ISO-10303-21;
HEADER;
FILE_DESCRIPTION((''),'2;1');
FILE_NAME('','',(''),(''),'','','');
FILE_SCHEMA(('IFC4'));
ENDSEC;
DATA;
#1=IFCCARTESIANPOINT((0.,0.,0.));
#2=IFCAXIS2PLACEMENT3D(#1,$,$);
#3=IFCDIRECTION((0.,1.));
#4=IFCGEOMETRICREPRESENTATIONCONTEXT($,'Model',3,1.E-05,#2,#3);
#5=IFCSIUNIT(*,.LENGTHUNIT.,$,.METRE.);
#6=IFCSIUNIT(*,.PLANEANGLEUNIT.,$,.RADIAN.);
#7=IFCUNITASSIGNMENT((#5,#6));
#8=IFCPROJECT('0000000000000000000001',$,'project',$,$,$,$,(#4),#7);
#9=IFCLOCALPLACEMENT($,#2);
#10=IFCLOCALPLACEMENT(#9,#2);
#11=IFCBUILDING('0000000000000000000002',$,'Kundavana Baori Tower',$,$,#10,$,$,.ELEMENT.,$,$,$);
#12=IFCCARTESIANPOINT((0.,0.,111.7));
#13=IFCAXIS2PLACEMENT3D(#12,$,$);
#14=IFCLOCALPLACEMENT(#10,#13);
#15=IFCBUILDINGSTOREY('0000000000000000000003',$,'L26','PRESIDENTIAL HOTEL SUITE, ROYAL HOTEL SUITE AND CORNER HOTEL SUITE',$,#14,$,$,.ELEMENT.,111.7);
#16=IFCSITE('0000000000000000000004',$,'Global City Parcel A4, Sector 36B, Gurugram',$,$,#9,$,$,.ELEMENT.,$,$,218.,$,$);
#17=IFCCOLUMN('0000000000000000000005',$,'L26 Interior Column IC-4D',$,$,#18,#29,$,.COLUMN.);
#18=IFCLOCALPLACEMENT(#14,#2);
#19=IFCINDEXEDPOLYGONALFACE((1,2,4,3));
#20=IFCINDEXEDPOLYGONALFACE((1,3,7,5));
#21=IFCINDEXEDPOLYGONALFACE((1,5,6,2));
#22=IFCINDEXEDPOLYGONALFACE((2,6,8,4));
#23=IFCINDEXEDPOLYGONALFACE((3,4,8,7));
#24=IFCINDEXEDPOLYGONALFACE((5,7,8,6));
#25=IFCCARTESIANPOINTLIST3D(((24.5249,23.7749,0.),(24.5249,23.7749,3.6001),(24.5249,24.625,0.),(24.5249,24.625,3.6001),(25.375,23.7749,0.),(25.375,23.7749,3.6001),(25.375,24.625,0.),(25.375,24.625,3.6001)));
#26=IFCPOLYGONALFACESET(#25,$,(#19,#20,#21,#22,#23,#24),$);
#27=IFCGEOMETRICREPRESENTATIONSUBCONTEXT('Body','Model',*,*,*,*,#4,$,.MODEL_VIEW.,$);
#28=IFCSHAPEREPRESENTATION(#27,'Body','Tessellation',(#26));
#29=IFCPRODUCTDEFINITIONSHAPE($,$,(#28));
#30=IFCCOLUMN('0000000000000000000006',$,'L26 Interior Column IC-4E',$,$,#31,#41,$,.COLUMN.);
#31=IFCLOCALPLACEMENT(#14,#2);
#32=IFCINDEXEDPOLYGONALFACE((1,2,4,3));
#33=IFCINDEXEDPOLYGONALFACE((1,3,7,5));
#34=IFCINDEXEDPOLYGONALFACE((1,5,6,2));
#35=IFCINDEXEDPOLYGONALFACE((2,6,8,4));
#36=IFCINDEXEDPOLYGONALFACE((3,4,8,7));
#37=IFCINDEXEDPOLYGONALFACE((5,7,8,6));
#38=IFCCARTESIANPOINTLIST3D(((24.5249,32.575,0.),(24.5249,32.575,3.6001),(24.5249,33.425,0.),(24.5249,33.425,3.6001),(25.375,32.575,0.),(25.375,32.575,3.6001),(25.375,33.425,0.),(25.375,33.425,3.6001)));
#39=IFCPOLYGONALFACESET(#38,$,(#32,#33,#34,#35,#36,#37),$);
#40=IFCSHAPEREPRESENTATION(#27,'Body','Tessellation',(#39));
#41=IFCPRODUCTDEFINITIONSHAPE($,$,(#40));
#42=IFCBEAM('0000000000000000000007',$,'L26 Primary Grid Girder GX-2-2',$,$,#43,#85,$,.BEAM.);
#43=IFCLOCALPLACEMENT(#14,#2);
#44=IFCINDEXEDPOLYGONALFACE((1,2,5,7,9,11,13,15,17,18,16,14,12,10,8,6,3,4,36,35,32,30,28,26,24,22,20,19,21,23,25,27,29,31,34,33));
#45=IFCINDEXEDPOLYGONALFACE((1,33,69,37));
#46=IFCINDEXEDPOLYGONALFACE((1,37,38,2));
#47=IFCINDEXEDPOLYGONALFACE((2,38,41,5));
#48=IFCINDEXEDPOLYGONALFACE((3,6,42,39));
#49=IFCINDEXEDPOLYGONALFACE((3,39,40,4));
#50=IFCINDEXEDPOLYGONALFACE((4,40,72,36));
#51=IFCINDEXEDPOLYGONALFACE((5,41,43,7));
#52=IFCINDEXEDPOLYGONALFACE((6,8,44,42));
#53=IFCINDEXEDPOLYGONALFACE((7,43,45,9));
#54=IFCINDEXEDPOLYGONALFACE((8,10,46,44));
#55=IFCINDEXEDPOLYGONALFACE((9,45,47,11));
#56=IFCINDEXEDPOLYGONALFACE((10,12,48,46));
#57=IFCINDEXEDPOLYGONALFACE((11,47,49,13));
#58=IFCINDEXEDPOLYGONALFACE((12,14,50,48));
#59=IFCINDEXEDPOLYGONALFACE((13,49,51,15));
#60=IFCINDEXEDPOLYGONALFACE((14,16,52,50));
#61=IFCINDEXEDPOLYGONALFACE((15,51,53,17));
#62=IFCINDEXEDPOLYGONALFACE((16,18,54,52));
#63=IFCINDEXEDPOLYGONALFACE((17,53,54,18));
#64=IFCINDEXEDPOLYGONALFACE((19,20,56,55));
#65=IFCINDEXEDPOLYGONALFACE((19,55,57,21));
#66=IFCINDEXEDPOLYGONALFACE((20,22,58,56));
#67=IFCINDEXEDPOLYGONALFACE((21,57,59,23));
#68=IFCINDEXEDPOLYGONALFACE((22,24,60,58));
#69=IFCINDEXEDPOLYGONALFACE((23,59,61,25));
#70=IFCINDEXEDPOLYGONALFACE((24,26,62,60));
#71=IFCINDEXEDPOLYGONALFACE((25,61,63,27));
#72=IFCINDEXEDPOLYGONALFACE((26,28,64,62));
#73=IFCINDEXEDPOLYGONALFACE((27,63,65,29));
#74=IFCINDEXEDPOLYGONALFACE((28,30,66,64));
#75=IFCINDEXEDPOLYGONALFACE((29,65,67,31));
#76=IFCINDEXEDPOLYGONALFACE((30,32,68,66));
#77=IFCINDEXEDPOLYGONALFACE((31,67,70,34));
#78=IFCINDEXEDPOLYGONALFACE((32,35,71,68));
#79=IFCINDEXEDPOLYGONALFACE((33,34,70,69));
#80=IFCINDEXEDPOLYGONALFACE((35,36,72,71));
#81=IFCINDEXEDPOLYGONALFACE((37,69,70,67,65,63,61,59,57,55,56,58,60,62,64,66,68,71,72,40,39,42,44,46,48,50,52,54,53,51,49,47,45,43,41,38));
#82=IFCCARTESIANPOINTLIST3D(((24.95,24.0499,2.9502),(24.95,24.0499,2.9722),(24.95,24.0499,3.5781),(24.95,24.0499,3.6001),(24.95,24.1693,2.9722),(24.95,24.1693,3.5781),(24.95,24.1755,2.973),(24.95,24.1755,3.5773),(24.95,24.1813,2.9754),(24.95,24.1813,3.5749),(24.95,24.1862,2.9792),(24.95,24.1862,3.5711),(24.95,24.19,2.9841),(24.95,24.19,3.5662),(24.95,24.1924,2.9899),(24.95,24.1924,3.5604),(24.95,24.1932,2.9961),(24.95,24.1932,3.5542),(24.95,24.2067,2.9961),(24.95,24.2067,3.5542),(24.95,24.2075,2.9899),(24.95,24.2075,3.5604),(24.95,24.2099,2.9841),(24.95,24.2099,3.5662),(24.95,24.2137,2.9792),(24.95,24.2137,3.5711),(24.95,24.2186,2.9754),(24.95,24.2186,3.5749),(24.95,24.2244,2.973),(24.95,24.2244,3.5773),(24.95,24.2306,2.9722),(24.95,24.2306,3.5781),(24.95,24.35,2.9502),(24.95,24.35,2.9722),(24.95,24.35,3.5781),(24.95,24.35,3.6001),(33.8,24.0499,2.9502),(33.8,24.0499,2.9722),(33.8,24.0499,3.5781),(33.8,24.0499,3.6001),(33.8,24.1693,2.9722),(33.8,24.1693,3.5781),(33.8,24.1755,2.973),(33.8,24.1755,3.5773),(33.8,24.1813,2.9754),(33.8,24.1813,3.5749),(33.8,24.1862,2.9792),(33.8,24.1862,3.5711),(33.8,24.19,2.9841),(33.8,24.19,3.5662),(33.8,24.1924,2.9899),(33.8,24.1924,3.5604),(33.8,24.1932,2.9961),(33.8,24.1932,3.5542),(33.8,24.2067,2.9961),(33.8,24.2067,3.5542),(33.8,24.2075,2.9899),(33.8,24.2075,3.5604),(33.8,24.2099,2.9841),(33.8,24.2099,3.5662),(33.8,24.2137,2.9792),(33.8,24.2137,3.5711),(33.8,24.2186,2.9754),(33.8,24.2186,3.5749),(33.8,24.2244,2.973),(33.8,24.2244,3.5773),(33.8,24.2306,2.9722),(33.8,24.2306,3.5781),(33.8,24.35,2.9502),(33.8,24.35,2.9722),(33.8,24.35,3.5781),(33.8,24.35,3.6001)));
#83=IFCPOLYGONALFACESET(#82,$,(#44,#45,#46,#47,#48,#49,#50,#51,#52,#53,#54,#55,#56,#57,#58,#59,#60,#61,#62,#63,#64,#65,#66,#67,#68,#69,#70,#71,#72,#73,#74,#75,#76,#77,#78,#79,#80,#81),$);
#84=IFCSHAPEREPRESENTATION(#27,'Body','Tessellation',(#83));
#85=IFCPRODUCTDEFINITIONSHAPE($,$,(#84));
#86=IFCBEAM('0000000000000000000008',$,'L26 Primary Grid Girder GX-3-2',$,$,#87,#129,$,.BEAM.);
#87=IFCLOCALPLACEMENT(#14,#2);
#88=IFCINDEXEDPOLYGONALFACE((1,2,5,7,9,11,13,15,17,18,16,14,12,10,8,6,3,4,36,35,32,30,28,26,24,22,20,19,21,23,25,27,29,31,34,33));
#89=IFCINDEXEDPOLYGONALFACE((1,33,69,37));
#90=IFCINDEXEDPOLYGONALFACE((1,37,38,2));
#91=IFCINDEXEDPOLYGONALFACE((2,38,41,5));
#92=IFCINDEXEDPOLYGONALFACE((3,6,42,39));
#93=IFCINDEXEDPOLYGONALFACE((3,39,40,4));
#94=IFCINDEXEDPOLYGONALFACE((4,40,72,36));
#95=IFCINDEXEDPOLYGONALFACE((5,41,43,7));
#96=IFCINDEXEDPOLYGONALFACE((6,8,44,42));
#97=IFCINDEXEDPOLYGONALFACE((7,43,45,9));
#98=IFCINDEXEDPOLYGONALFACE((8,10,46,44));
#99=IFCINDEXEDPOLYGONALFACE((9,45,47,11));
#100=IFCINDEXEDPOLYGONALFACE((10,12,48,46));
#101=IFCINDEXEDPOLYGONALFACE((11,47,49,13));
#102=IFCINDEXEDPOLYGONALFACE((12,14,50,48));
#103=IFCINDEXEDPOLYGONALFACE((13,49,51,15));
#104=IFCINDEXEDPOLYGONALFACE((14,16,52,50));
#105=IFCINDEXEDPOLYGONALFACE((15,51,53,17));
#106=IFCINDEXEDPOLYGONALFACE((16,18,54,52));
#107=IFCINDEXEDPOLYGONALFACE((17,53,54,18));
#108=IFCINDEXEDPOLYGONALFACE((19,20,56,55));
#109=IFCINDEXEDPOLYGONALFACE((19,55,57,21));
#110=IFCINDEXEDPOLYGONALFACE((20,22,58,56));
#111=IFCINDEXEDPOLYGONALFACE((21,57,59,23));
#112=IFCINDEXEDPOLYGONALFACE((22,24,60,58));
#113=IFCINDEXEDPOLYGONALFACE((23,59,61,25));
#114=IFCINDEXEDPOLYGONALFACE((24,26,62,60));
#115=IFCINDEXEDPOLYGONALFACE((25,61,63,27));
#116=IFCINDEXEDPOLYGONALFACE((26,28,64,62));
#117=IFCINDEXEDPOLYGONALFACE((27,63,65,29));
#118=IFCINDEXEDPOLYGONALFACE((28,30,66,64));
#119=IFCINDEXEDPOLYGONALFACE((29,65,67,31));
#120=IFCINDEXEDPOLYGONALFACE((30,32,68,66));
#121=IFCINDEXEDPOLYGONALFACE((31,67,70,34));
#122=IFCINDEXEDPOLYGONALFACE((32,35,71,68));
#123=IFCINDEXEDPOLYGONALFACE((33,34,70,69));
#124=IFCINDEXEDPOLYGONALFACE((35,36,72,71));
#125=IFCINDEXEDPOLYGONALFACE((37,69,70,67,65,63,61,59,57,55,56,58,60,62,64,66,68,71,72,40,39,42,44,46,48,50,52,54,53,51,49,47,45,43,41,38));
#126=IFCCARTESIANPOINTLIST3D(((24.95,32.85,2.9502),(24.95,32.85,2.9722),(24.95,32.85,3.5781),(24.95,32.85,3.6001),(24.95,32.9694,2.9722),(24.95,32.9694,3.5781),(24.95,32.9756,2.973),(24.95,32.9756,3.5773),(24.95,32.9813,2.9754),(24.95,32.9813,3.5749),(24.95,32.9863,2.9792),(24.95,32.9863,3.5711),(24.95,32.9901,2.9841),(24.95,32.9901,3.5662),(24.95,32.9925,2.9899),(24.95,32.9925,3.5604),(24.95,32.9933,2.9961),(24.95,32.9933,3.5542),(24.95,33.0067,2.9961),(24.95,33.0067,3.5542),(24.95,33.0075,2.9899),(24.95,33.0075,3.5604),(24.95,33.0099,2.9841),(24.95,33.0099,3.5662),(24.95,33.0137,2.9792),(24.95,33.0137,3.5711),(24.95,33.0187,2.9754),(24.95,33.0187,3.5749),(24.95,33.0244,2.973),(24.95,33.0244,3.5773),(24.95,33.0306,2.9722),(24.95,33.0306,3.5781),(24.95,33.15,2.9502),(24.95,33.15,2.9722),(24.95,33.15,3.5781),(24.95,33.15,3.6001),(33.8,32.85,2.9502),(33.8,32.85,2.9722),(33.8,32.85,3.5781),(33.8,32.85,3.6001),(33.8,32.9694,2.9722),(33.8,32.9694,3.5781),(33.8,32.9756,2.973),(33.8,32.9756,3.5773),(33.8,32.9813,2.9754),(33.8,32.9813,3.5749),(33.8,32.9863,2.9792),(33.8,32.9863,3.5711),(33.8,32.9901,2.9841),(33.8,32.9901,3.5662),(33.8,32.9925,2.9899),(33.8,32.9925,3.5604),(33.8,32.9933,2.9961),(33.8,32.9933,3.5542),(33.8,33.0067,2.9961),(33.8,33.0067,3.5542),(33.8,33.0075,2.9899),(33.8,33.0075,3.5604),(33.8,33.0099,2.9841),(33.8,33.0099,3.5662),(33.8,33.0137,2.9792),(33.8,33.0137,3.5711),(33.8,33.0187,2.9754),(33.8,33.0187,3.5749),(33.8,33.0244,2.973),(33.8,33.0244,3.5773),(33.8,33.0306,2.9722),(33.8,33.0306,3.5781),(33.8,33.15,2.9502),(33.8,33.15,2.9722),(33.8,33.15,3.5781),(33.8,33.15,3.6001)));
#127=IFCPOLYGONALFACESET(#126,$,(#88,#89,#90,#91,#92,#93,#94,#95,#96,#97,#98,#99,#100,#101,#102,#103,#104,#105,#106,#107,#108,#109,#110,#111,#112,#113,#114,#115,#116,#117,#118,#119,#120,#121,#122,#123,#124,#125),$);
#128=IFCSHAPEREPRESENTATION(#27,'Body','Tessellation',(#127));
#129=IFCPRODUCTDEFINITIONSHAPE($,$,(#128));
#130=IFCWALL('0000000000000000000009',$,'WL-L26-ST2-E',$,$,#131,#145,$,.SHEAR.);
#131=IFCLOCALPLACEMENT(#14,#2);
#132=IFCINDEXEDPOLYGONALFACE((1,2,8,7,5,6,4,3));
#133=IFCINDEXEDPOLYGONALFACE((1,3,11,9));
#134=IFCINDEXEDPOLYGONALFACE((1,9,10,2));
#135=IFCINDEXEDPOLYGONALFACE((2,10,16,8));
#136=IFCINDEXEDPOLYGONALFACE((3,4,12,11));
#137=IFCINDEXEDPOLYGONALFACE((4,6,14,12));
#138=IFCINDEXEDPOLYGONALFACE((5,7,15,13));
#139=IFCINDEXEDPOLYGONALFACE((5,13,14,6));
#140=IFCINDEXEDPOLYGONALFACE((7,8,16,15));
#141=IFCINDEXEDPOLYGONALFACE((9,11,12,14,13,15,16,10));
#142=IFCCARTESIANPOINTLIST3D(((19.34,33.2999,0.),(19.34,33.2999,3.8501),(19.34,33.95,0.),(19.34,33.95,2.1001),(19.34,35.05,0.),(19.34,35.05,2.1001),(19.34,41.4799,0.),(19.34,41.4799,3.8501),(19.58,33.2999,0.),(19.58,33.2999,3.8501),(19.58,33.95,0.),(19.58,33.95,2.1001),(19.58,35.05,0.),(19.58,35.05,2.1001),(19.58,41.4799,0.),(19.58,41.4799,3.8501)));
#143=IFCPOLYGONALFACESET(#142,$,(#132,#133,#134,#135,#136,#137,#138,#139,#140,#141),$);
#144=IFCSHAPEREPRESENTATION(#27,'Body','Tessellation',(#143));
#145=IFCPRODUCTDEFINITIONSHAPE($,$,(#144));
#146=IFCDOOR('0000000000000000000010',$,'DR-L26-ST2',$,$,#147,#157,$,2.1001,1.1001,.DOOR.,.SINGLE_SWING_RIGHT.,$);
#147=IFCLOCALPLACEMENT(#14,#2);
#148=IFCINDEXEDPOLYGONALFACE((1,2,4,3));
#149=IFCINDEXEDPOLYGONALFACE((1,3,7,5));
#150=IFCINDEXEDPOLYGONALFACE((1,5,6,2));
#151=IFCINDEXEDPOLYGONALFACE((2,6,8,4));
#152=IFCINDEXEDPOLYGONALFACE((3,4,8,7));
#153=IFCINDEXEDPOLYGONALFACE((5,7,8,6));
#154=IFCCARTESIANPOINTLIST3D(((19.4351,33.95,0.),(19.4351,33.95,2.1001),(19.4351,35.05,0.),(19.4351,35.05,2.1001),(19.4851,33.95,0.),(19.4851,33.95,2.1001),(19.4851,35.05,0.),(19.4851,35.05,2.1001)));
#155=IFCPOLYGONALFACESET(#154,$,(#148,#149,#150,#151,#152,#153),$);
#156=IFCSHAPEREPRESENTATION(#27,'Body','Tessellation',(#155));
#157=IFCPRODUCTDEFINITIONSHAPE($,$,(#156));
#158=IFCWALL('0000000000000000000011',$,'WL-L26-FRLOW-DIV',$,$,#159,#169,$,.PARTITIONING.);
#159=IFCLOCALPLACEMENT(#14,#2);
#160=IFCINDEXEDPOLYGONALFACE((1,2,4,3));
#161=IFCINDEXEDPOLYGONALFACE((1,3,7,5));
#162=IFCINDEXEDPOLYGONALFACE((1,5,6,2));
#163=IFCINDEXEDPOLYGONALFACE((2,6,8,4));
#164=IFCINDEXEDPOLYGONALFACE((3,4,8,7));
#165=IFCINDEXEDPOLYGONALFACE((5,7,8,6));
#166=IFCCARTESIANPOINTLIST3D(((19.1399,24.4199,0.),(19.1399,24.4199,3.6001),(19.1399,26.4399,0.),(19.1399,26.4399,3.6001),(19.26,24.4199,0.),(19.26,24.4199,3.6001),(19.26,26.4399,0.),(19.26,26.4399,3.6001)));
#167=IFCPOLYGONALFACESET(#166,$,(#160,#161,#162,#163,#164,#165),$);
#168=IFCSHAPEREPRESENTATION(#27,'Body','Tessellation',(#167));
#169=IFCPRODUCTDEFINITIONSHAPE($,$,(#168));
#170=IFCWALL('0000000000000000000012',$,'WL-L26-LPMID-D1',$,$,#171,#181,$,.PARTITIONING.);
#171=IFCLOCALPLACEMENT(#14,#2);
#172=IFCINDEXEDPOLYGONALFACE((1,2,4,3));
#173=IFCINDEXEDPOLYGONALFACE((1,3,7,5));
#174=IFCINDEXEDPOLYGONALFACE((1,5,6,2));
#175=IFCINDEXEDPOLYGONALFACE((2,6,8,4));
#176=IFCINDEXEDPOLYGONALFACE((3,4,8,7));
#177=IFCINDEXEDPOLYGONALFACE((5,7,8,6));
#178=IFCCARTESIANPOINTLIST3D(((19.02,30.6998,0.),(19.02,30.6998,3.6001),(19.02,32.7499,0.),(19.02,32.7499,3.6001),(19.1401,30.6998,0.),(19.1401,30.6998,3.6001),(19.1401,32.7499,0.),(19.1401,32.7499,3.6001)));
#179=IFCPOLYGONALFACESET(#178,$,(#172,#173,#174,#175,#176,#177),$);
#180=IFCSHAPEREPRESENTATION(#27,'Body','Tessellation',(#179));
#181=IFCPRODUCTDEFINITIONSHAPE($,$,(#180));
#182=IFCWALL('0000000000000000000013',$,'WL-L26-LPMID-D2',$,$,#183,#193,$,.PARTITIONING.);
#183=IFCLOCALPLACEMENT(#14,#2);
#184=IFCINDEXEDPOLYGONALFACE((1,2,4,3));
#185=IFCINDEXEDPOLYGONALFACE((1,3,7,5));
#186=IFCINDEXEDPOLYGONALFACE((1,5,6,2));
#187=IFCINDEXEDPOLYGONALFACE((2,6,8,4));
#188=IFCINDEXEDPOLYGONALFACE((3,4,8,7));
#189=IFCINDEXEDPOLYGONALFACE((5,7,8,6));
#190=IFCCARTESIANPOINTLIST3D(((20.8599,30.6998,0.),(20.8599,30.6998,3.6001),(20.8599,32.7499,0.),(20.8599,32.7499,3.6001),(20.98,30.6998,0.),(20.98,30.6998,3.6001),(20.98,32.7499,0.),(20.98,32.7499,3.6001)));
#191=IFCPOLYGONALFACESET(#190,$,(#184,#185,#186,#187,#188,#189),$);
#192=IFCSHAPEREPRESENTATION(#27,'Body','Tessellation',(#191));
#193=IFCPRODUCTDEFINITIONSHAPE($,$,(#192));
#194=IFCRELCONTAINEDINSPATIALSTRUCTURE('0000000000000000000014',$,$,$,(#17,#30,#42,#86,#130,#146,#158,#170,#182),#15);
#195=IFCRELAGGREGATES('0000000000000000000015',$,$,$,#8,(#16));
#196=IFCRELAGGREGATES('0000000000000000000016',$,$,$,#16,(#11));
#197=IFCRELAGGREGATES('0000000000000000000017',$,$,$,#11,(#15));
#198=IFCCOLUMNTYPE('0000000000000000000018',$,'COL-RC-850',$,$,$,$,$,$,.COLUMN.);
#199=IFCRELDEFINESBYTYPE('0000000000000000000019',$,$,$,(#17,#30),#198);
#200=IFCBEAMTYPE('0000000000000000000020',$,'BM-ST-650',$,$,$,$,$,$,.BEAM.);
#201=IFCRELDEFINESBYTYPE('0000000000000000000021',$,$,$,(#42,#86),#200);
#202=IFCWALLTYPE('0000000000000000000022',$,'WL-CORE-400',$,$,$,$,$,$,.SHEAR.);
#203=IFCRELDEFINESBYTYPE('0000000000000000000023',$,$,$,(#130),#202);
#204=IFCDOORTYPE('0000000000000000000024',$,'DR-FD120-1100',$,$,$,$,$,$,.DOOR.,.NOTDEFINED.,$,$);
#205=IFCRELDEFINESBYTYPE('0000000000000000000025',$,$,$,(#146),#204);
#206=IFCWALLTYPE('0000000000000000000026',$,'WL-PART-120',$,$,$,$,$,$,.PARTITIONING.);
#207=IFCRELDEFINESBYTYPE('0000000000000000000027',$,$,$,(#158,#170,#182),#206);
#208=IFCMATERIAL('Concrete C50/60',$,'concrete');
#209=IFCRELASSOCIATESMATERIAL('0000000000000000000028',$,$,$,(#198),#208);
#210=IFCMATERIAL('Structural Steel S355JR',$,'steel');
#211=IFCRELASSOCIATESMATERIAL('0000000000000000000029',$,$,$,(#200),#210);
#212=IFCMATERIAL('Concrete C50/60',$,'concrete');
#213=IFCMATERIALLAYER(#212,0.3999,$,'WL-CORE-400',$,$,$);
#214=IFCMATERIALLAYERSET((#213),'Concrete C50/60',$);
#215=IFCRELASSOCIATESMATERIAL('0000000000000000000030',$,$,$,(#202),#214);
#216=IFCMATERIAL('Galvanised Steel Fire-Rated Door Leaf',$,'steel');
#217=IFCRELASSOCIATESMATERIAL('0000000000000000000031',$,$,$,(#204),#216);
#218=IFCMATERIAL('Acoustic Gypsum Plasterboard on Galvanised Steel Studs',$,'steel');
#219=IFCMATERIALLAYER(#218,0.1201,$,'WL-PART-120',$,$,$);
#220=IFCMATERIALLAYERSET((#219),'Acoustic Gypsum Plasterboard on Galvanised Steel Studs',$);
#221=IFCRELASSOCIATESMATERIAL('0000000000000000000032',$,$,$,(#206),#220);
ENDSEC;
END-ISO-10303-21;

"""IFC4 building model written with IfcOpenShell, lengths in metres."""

from ifc_helpers import new_model, si_unit, direction, frame, frame_2d, origin, origin_2d, place, context, subcontext, project, spatial, rectangle, i_section, extrude, material, layer, layer_set, material_profile, profile_set, type_object, element, fill, save


model = new_model("IFC4")

# Units and contexts
model_context = context("Model", 3, precision=1e-05, world=origin(), true_north=direction((0.0, 1.0)))
body_context = subcontext(model_context, "Body", "Model", "MODEL_VIEW")
ifc_project = project(units=[si_unit("LENGTHUNIT", "METRE"), si_unit("PLANEANGLEUNIT", "RADIAN")], contexts=[model_context])

# Site, building, storey
site_placement = place(None, origin())
site = spatial("IfcSite", under=ifc_project, at=site_placement, Name="Global City Parcel A4, Sector 36B, Gurugram", CompositionType="ELEMENT", RefElevation=218.0)
building_placement = place(site_placement, origin())
building = spatial("IfcBuilding", under=site, at=building_placement, Name="Kundavana Baori Tower", CompositionType="ELEMENT")
storey_placement = place(building_placement, frame((0.0, 0.0, 111.7)))
storey = spatial("IfcBuildingStorey", under=building, at=storey_placement, Name="L26", Description="PRESIDENTIAL HOTEL SUITE, ROYAL HOTEL SUITE AND CORNER HOTEL SUITE", CompositionType="ELEMENT", Elevation=111.7)

# Columns
ifc_material_1 = material(Name="Concrete C50/60", Category="concrete")
ifc_material_profile_1 = material_profile(ifc_material_1, rectangle(XDim=0.8501, YDim=0.8501, at=origin_2d()), Name="RC 850x850")
ifc_profile_set_1 = profile_set([ifc_material_profile_1], Name="Concrete C50/60")
column_type = type_object("IfcColumnType", Name="COL-RC-850", PredefinedType="COLUMN", material=ifc_profile_set_1)
for number, where, z_axis, x_axis, name in (
    (1, (24.95, 24.2, 0.0), (0.0, 0.0, 1.0), (1.0, 0.0, 0.0), "L26 Interior Column IC-4D"),
    (2, (24.95, 33.0, 0.0), (0.0, 0.0, 1.0), (1.0, 0.0, 0.0), "L26 Interior Column IC-4E"),
):
    element("IfcColumn", number, at=place(storey_placement, frame(where, z_axis=z_axis, x_axis=x_axis)), inside=storey, type_object=column_type, Name=name, PredefinedType="COLUMN", context=body_context, shape_type="SweptSolid", body=[
        extrude(rectangle(XDim=0.8501, YDim=0.8501, at=origin_2d()), origin(), (0.0, 0.0, 1.0), 3.6001),
    ])

# Beams
ifc_material_2 = material(Name="Structural Steel S355JR", Category="steel")
ifc_material_profile_2 = material_profile(ifc_material_2, i_section(OverallWidth=0.3, OverallDepth=0.6499, WebThickness=0.0134, FlangeThickness=0.022, FilletRadius=0.0239, at=origin_2d()), Name="NPB 650x300x155")
ifc_profile_set_2 = profile_set([ifc_material_profile_2], Name="Structural Steel S355JR")
beam_type = type_object("IfcBeamType", Name="BM-ST-650", PredefinedType="BEAM", material=ifc_profile_set_2)
for number, where, z_axis, x_axis, name in (
    (3, (24.95, 24.2, 3.2751), (1.0, 0.0, 0.0), (0.0, 1.0, 0.0), "L26 Primary Grid Girder GX-2-2"),
    (4, (24.95, 33.0, 3.2751), (1.0, 0.0, 0.0), (0.0, 1.0, 0.0), "L26 Primary Grid Girder GX-3-2"),
):
    element("IfcBeam", number, at=place(storey_placement, frame(where, z_axis=z_axis, x_axis=x_axis)), inside=storey, type_object=beam_type, Name=name, PredefinedType="BEAM", context=body_context, shape_type="SweptSolid", body=[
        extrude(i_section(OverallWidth=0.3, OverallDepth=0.6499, WebThickness=0.0134, FlangeThickness=0.022, FilletRadius=0.0239, at=origin_2d()), origin(), (0.0, 0.0, 1.0), 8.8501),
    ])

# Wall, opening, door
ifc_material_3 = material(Name="Concrete C50/60", Category="concrete")
ifc_layer_1 = layer(ifc_material_3, 0.3999, Name="WL-CORE-400")
ifc_layer_set_1 = layer_set([ifc_layer_1], Name="Concrete C50/60")
wall_type_1 = type_object("IfcWallType", Name="WL-CORE-400", PredefinedType="SHEAR", material=ifc_layer_set_1)
wall_1_placement = place(storey_placement, frame((19.46, 33.3, 0.0), z_axis=(0.0, 0.0, 1.0), x_axis=(0.0, 1.0, 0.0)))
wall_1 = element("IfcWall", 5, at=wall_1_placement, inside=storey, type_object=wall_type_1, Name="WL-L26-ST2-E", PredefinedType="SHEAR", context=body_context, shape_type="SweptSolid", body=[
    extrude(rectangle(XDim=8.1799, YDim=0.24, at=frame_2d((4.0898, 0.0))), origin(), (0.0, 0.0, 1.0), 3.8501),
])
opening_1_placement = place(wall_1_placement, frame((0.6499, 0.0, 0.0)))
opening_1 = element("IfcOpeningElement", 6, at=opening_1_placement, cuts=wall_1, PredefinedType="OPENING", context=body_context, shape_type="SweptSolid", body=[
    extrude(rectangle(XDim=1.1001, YDim=2.1001, at=frame_2d((0.55, 1.05))), frame((0.0, 0.1299, 0.0), z_axis=(0.0, -1.0, 0.0), x_axis=(1.0, 0.0, 0.0)), (0.0, 0.0, 1.0), 0.26),
])
ifc_material_4 = material(Name="Galvanised Steel Fire-Rated Door Leaf", Category="steel")
door_type_1 = type_object("IfcDoorType", Name="DR-FD120-1100", OperationType="NOTDEFINED", PredefinedType="DOOR", material=ifc_material_4)
door_1_placement = place(opening_1_placement, origin())
door_1 = element("IfcDoor", 7, at=door_1_placement, inside=storey, type_object=door_type_1, Name="DR-L26-ST2", OperationType="SINGLE_SWING_RIGHT", OverallHeight=2.1001, OverallWidth=1.1001, PredefinedType="DOOR", context=body_context, shape_type="SweptSolid", body=[
    extrude(rectangle(XDim=1.1001, YDim=2.1001, at=frame_2d((0.55, 1.05))), frame((0.0, 0.0249, 0.0), z_axis=(0.0, -1.0, 0.0), x_axis=(1.0, 0.0, 0.0)), (0.0, 0.0, 1.0), 0.05),
])
fill(opening_1, door_1)

# Walls
ifc_material_5 = material(Name="Acoustic Gypsum Plasterboard on Galvanised Steel Studs", Category="steel")
ifc_layer_2 = layer(ifc_material_5, 0.1201, Name="WL-PART-120")
ifc_layer_set_2 = layer_set([ifc_layer_2], Name="Acoustic Gypsum Plasterboard on Galvanised Steel Studs")
wall_type_2 = type_object("IfcWallType", Name="WL-PART-120", PredefinedType="PARTITIONING", material=ifc_layer_set_2)
wall_2_placement = place(storey_placement, frame((19.2, 24.4199, 0.0), z_axis=(0.0, 0.0, 1.0), x_axis=(0.0, 1.0, 0.0)))
element("IfcWall", 8, at=wall_2_placement, inside=storey, type_object=wall_type_2, Name="WL-L26-FRLOW-DIV", PredefinedType="PARTITIONING", context=body_context, shape_type="SweptSolid", body=[
    extrude(rectangle(XDim=2.02, YDim=0.1201, at=frame_2d((1.01, 0.0))), origin(), (0.0, 0.0, 1.0), 3.6001),
])
for number, where, z_axis, x_axis, name in (
    (9, (19.0801, 30.7, 0.0), (0.0, 0.0, 1.0), (0.0, 1.0, 0.0), "WL-L26-LPMID-D1"),
    (10, (20.9199, 30.7, 0.0), (0.0, 0.0, 1.0), (0.0, 1.0, 0.0), "WL-L26-LPMID-D2"),
):
    element("IfcWall", number, at=place(storey_placement, frame(where, z_axis=z_axis, x_axis=x_axis)), inside=storey, type_object=wall_type_2, Name=name, PredefinedType="PARTITIONING", context=body_context, shape_type="SweptSolid", body=[
        extrude(rectangle(XDim=2.05, YDim=0.1201, at=frame_2d((1.0249, 0.0))), origin(), (0.0, 0.0, 1.0), 3.6001),
    ])

save(model, "model.ifc")
